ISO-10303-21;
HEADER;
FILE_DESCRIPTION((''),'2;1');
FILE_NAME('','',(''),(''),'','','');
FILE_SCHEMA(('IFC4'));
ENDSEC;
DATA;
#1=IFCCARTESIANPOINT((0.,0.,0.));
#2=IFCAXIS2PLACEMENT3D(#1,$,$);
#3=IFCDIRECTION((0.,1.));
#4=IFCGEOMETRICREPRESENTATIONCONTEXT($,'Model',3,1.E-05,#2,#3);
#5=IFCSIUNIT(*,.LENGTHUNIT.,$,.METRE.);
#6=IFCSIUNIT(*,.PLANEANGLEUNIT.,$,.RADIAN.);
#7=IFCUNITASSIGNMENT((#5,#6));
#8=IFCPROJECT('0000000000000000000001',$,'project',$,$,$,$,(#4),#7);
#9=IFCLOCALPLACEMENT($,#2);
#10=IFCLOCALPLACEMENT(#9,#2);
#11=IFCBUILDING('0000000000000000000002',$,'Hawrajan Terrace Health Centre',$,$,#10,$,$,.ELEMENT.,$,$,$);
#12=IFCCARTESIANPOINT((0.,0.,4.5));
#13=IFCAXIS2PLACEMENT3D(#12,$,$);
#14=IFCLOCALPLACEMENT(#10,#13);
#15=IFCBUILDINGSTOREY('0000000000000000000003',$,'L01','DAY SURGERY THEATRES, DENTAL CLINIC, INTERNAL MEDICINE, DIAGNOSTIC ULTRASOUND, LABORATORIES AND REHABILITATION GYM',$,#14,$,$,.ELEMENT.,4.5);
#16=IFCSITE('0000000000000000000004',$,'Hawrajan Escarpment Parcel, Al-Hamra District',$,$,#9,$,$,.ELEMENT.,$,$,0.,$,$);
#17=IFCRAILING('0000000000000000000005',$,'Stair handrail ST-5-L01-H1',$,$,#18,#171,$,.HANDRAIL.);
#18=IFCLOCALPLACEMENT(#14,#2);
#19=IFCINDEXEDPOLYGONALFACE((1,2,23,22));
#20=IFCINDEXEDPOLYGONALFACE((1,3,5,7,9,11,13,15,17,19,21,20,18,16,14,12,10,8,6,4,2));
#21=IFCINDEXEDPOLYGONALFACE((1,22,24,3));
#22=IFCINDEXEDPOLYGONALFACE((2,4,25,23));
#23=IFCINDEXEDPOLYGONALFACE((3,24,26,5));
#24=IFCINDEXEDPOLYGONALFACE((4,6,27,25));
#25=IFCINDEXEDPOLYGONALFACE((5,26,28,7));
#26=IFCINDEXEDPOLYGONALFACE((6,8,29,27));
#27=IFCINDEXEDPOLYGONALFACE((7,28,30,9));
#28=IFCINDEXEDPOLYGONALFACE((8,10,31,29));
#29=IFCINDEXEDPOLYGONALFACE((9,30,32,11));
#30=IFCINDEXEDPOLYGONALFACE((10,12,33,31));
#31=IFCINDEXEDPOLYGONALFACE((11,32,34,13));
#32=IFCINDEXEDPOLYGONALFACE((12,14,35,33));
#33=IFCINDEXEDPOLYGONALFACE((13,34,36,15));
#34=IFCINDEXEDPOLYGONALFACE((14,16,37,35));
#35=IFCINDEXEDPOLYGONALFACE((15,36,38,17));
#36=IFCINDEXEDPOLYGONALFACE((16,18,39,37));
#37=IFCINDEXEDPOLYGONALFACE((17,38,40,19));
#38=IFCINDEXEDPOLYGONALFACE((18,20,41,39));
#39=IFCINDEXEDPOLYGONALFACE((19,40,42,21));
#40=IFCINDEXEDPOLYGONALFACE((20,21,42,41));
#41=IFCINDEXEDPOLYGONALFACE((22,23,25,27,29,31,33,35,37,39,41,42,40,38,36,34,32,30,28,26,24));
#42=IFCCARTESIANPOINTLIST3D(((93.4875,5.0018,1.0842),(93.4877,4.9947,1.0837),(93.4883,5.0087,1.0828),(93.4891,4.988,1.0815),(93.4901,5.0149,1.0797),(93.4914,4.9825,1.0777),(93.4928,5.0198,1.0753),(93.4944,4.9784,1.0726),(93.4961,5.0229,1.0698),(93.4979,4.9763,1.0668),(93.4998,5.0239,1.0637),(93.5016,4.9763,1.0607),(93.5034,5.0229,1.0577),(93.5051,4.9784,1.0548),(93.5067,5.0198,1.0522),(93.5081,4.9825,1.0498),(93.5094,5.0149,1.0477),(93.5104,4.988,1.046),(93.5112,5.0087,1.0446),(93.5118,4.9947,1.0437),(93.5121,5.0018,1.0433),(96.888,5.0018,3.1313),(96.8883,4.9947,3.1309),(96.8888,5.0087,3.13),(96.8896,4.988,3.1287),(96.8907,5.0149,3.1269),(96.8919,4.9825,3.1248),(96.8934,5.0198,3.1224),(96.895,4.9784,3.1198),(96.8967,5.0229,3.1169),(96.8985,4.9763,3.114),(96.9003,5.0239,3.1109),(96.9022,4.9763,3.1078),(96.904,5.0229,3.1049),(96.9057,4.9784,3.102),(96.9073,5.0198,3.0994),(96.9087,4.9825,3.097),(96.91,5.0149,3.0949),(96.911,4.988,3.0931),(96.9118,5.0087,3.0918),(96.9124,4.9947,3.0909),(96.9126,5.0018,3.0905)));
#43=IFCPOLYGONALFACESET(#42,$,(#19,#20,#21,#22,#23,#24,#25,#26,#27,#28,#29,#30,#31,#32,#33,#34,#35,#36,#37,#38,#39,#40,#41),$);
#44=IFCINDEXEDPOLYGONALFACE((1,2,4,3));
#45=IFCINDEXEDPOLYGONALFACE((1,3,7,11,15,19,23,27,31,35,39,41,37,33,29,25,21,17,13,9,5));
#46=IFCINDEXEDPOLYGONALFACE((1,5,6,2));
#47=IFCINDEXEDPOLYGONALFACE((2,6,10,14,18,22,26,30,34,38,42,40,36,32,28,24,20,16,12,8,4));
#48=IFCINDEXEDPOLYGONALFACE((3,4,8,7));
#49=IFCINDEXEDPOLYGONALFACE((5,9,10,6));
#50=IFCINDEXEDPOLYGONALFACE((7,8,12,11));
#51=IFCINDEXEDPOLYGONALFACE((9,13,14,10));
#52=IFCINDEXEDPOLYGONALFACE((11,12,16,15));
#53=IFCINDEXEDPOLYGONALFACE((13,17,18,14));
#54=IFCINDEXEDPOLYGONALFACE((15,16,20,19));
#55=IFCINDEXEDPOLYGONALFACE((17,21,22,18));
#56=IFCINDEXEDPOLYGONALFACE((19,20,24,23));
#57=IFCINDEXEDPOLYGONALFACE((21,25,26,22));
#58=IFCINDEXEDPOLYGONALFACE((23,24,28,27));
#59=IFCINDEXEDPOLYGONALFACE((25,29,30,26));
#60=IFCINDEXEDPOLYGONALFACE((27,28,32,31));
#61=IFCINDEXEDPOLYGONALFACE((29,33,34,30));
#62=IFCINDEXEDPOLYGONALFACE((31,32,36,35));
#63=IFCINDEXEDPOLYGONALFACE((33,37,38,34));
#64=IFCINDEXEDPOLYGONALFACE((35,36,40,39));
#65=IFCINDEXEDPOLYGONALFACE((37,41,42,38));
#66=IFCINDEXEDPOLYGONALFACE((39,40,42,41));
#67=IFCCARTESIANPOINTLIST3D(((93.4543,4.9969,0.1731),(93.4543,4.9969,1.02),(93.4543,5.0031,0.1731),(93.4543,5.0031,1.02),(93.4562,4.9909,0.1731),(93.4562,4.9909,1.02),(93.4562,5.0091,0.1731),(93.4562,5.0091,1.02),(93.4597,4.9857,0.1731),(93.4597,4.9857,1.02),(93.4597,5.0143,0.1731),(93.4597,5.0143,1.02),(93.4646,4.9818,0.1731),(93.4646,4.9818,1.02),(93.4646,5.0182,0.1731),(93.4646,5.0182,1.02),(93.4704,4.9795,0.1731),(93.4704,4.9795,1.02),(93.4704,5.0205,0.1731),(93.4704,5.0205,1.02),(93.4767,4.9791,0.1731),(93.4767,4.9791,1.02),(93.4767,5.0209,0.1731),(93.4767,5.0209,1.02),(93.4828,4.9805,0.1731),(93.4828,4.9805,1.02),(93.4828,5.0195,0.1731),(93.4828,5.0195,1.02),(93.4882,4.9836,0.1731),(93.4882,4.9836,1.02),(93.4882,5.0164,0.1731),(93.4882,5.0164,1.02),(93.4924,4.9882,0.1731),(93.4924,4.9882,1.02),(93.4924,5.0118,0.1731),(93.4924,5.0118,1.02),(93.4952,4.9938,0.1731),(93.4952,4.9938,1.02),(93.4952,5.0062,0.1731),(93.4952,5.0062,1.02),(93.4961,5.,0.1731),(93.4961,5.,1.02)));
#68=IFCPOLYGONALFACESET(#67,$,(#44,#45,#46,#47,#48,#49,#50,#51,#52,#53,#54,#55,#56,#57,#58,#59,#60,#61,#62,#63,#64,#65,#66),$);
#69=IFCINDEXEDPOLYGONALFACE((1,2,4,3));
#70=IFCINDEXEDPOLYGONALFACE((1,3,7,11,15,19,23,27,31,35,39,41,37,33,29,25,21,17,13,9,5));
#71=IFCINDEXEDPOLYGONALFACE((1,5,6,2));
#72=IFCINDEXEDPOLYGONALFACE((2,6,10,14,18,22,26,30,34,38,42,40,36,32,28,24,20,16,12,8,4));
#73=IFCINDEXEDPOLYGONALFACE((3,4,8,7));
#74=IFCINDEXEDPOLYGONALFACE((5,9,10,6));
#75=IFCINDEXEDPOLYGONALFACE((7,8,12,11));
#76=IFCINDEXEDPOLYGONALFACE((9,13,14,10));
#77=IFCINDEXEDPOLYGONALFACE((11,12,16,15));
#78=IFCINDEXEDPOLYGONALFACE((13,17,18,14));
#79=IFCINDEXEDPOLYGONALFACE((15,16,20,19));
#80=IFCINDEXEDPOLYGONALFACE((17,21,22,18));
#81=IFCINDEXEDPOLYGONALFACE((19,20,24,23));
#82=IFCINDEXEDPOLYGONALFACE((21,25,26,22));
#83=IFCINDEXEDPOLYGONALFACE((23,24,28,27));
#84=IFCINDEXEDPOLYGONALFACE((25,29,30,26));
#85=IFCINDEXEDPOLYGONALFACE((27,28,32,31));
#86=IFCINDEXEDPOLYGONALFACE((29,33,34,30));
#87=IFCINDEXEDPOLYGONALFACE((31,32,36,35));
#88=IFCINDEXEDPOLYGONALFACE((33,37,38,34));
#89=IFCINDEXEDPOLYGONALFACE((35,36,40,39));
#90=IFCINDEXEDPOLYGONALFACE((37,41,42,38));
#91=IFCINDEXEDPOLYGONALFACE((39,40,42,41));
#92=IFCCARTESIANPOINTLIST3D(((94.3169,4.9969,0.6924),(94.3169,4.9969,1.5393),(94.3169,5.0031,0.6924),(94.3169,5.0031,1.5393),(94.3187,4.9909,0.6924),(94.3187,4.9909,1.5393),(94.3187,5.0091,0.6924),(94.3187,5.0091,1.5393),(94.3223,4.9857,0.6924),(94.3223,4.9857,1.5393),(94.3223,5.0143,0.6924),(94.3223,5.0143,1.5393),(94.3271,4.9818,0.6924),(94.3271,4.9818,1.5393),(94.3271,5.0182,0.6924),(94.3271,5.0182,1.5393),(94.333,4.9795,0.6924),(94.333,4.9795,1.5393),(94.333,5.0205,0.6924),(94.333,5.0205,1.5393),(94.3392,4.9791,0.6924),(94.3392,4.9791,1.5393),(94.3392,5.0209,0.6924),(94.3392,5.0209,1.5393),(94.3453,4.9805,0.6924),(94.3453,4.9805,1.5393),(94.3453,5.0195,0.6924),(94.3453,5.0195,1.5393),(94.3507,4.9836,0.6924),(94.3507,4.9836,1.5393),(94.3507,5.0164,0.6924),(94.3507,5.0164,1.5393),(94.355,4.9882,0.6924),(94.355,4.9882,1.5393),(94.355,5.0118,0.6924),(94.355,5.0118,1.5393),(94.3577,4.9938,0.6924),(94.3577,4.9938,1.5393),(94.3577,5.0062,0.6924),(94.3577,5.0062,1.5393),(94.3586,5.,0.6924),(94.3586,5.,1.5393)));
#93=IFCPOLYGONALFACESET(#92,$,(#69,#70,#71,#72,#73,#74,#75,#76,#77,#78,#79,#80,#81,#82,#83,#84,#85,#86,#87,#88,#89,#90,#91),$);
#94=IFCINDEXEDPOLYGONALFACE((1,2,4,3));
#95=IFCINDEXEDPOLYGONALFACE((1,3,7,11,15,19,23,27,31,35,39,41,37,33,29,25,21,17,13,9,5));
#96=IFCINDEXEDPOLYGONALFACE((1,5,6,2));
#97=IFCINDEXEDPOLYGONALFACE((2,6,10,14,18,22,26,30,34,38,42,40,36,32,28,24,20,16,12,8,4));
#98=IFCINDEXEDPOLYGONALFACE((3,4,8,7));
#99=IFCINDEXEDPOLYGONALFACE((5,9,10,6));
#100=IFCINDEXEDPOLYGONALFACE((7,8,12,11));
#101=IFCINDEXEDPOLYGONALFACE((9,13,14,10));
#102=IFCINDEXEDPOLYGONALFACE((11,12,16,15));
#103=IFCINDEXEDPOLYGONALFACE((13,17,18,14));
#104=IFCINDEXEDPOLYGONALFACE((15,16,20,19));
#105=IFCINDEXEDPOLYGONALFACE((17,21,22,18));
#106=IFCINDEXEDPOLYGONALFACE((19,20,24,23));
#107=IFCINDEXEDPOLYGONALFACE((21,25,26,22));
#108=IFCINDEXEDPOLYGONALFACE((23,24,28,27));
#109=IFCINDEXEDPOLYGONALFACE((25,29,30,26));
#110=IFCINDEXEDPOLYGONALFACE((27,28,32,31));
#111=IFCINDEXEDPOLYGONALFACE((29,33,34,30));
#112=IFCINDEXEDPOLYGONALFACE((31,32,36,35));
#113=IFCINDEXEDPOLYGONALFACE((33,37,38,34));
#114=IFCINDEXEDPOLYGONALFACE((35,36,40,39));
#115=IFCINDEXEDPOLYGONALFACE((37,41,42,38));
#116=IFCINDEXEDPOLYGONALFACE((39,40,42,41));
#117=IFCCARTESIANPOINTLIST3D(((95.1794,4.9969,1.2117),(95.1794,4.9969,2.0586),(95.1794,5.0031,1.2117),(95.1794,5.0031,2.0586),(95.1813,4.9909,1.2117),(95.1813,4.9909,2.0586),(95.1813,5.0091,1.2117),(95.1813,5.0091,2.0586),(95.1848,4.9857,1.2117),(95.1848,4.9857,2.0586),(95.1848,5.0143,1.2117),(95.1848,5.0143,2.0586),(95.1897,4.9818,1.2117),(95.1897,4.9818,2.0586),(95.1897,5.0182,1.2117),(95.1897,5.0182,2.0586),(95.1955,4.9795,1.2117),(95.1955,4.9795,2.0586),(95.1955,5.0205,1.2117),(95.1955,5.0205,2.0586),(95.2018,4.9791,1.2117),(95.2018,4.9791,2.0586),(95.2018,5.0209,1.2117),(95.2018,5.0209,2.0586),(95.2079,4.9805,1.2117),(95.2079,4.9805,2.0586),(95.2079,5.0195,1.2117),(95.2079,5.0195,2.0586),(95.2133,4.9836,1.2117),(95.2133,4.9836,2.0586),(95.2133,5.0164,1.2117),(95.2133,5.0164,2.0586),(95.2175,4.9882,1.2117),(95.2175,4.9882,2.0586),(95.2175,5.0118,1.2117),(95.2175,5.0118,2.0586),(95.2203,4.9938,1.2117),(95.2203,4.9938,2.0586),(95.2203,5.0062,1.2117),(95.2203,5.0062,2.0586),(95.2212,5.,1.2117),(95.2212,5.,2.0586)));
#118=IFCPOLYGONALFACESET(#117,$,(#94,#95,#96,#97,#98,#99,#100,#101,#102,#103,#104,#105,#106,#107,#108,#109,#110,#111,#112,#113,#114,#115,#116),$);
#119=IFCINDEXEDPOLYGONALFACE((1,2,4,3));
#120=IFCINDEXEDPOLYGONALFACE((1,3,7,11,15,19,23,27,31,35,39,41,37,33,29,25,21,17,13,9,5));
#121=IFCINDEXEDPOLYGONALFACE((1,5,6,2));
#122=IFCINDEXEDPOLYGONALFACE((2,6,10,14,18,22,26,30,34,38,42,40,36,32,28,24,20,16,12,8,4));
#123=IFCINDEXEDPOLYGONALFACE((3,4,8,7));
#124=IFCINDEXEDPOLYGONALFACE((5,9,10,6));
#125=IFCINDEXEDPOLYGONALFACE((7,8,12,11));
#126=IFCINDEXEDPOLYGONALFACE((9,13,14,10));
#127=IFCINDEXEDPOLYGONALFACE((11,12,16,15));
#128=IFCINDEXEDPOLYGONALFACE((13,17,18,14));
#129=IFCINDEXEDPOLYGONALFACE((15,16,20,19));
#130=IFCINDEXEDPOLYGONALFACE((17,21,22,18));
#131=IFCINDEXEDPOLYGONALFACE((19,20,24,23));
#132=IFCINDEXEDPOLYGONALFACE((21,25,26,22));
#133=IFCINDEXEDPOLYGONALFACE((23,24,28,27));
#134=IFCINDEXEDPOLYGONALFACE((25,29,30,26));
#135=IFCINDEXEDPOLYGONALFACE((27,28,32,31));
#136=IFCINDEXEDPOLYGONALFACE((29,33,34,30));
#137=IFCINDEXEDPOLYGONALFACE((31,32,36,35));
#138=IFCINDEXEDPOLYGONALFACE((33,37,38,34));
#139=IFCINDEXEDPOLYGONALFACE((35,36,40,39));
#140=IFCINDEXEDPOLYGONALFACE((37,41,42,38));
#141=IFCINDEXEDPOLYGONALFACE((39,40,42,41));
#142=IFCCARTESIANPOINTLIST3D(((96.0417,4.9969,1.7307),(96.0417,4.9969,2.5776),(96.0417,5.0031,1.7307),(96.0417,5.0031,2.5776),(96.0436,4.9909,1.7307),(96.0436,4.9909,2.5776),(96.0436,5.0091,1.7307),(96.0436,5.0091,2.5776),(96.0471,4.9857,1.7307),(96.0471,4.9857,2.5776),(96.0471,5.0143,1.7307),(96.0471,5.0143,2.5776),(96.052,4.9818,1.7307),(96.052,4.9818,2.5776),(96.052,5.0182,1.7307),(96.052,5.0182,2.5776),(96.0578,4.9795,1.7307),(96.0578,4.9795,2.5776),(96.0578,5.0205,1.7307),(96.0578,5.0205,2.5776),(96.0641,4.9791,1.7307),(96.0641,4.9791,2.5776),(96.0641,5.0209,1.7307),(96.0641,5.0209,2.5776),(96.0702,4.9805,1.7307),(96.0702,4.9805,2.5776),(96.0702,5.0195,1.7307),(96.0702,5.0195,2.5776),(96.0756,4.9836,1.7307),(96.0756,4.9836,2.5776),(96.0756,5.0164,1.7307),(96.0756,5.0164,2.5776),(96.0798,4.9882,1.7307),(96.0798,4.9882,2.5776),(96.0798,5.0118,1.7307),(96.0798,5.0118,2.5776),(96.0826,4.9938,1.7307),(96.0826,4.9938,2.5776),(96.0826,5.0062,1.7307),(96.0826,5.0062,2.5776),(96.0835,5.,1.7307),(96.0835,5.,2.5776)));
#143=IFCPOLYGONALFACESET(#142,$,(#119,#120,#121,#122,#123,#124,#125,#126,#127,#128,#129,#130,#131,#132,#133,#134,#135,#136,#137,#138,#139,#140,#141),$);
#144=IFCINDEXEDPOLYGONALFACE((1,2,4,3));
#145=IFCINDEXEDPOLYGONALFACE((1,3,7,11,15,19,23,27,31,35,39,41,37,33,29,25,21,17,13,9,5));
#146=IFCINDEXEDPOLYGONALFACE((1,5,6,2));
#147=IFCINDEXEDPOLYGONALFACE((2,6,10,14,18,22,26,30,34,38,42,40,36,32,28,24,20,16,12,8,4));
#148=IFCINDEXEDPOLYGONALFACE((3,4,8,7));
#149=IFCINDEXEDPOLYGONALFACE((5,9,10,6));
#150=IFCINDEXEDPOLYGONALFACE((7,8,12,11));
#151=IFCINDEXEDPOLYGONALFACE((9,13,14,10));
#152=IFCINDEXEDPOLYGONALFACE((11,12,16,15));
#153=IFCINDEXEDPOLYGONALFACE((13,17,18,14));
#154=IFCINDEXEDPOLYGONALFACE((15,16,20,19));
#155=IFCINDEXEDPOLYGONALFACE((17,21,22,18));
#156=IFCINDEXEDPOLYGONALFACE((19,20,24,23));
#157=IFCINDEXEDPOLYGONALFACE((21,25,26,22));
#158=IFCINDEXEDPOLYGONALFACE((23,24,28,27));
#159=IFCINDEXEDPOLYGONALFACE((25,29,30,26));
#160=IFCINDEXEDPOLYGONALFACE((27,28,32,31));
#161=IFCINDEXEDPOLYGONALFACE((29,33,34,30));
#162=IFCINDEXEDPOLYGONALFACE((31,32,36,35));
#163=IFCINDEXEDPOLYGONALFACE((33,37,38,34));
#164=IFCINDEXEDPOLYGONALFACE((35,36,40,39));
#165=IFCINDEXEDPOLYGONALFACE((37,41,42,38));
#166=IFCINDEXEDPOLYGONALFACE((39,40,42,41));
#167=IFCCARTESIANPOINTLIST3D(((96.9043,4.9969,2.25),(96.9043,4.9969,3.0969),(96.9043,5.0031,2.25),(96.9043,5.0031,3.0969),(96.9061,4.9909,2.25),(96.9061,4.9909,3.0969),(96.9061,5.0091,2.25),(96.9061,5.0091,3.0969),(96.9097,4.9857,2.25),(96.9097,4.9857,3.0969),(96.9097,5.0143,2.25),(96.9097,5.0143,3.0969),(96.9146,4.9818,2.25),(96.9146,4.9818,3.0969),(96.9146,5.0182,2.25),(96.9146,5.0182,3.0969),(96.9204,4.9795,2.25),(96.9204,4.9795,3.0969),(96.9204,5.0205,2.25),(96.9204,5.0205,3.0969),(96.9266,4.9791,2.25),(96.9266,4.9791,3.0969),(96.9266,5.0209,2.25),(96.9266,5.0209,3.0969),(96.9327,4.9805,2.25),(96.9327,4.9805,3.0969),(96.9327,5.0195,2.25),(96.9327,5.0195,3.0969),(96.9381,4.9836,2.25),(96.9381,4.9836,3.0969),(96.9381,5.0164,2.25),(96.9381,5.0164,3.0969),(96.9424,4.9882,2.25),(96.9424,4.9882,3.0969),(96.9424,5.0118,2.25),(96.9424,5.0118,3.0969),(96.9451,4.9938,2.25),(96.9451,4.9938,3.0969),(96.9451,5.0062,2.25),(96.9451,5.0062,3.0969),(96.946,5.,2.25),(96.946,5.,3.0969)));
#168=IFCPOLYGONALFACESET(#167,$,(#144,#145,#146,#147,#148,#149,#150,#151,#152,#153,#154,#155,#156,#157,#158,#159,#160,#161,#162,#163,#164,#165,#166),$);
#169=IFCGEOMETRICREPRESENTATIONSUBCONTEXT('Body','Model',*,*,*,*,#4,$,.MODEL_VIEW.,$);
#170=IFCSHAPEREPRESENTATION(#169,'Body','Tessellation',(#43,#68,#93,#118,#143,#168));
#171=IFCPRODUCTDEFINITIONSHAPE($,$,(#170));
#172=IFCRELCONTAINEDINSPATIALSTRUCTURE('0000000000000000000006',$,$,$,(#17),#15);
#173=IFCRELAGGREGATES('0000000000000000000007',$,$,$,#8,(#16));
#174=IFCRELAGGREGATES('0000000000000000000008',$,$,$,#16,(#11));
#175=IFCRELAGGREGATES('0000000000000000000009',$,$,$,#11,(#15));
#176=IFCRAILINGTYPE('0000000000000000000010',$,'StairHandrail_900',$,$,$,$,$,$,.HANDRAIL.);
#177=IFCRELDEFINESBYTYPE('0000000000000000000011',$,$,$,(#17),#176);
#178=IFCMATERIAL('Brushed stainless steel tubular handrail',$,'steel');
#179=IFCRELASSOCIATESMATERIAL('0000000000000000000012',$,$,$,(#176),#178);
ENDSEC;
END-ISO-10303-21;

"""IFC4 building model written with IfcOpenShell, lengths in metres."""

from ifc_helpers import new_model, si_unit, direction, frame, origin, origin_2d, place, context, subcontext, project, spatial, circle, extrude, material, type_object, element, save


model = new_model("IFC4")

# Units and contexts
model_context = context("Model", 3, precision=1e-05, world=origin(), true_north=direction((0.0, 1.0)))
body_context = subcontext(model_context, "Body", "Model", "MODEL_VIEW")
ifc_project = project(units=[si_unit("LENGTHUNIT", "METRE"), si_unit("PLANEANGLEUNIT", "RADIAN")], contexts=[model_context])

# Site, building, storey
site_placement = place(None, origin())
site = spatial("IfcSite", under=ifc_project, at=site_placement, Name="Hawrajan Escarpment Parcel, Al-Hamra District", CompositionType="ELEMENT", RefElevation=0.0)
building_placement = place(site_placement, origin())
building = spatial("IfcBuilding", under=site, at=building_placement, Name="Hawrajan Terrace Health Centre", CompositionType="ELEMENT")
storey_placement = place(building_placement, frame((0.0, 0.0, 4.5)))
storey = spatial("IfcBuildingStorey", under=building, at=storey_placement, Name="L01", Description="DAY SURGERY THEATRES, DENTAL CLINIC, INTERNAL MEDICINE, DIAGNOSTIC ULTRASOUND, LABORATORIES AND REHABILITATION GYM", CompositionType="ELEMENT", Elevation=4.5)

# Railing
ifc_material_1 = material(Name="Brushed stainless steel tubular handrail", Category="steel")
railing_type_1 = type_object("IfcRailingType", Name="StairHandrail_900", PredefinedType="HANDRAIL", material=ifc_material_1)
railing_1_placement = place(storey_placement, frame((93.4751, 5.0, 0.1731)))
element("IfcRailing", 1, at=railing_1_placement, inside=storey, type_object=railing_type_1, Name="Stair handrail ST-5-L01-H1", PredefinedType="HANDRAIL", context=body_context, shape_type="SweptSolid", body=[
    extrude(circle(Radius=0.0239, at=origin_2d()), frame((0.0247, 0.0, 0.8906), z_axis=(0.856732, 0.0, 0.515761), x_axis=(0.0, 1.0, 0.0)), (0.0, 0.0, 1.0), 3.9692),
    extrude(circle(Radius=0.021, at=origin_2d()), origin(), (0.0, 0.0, 1.0), 0.8469),
    extrude(circle(Radius=0.021, at=origin_2d()), frame((0.8625, 0.0, 0.5193)), (0.0, 0.0, 1.0), 0.8469),
    extrude(circle(Radius=0.021, at=origin_2d()), frame((1.7251, 0.0, 1.0386)), (0.0, 0.0, 1.0), 0.8469),
    extrude(circle(Radius=0.021, at=origin_2d()), frame((2.5874, 0.0, 1.5576)), (0.0, 0.0, 1.0), 0.8469),
    extrude(circle(Radius=0.021, at=origin_2d()), frame((3.45, 0.0, 2.0769)), (0.0, 0.0, 1.0), 0.8469),
])

save(model, "model.ifc")
